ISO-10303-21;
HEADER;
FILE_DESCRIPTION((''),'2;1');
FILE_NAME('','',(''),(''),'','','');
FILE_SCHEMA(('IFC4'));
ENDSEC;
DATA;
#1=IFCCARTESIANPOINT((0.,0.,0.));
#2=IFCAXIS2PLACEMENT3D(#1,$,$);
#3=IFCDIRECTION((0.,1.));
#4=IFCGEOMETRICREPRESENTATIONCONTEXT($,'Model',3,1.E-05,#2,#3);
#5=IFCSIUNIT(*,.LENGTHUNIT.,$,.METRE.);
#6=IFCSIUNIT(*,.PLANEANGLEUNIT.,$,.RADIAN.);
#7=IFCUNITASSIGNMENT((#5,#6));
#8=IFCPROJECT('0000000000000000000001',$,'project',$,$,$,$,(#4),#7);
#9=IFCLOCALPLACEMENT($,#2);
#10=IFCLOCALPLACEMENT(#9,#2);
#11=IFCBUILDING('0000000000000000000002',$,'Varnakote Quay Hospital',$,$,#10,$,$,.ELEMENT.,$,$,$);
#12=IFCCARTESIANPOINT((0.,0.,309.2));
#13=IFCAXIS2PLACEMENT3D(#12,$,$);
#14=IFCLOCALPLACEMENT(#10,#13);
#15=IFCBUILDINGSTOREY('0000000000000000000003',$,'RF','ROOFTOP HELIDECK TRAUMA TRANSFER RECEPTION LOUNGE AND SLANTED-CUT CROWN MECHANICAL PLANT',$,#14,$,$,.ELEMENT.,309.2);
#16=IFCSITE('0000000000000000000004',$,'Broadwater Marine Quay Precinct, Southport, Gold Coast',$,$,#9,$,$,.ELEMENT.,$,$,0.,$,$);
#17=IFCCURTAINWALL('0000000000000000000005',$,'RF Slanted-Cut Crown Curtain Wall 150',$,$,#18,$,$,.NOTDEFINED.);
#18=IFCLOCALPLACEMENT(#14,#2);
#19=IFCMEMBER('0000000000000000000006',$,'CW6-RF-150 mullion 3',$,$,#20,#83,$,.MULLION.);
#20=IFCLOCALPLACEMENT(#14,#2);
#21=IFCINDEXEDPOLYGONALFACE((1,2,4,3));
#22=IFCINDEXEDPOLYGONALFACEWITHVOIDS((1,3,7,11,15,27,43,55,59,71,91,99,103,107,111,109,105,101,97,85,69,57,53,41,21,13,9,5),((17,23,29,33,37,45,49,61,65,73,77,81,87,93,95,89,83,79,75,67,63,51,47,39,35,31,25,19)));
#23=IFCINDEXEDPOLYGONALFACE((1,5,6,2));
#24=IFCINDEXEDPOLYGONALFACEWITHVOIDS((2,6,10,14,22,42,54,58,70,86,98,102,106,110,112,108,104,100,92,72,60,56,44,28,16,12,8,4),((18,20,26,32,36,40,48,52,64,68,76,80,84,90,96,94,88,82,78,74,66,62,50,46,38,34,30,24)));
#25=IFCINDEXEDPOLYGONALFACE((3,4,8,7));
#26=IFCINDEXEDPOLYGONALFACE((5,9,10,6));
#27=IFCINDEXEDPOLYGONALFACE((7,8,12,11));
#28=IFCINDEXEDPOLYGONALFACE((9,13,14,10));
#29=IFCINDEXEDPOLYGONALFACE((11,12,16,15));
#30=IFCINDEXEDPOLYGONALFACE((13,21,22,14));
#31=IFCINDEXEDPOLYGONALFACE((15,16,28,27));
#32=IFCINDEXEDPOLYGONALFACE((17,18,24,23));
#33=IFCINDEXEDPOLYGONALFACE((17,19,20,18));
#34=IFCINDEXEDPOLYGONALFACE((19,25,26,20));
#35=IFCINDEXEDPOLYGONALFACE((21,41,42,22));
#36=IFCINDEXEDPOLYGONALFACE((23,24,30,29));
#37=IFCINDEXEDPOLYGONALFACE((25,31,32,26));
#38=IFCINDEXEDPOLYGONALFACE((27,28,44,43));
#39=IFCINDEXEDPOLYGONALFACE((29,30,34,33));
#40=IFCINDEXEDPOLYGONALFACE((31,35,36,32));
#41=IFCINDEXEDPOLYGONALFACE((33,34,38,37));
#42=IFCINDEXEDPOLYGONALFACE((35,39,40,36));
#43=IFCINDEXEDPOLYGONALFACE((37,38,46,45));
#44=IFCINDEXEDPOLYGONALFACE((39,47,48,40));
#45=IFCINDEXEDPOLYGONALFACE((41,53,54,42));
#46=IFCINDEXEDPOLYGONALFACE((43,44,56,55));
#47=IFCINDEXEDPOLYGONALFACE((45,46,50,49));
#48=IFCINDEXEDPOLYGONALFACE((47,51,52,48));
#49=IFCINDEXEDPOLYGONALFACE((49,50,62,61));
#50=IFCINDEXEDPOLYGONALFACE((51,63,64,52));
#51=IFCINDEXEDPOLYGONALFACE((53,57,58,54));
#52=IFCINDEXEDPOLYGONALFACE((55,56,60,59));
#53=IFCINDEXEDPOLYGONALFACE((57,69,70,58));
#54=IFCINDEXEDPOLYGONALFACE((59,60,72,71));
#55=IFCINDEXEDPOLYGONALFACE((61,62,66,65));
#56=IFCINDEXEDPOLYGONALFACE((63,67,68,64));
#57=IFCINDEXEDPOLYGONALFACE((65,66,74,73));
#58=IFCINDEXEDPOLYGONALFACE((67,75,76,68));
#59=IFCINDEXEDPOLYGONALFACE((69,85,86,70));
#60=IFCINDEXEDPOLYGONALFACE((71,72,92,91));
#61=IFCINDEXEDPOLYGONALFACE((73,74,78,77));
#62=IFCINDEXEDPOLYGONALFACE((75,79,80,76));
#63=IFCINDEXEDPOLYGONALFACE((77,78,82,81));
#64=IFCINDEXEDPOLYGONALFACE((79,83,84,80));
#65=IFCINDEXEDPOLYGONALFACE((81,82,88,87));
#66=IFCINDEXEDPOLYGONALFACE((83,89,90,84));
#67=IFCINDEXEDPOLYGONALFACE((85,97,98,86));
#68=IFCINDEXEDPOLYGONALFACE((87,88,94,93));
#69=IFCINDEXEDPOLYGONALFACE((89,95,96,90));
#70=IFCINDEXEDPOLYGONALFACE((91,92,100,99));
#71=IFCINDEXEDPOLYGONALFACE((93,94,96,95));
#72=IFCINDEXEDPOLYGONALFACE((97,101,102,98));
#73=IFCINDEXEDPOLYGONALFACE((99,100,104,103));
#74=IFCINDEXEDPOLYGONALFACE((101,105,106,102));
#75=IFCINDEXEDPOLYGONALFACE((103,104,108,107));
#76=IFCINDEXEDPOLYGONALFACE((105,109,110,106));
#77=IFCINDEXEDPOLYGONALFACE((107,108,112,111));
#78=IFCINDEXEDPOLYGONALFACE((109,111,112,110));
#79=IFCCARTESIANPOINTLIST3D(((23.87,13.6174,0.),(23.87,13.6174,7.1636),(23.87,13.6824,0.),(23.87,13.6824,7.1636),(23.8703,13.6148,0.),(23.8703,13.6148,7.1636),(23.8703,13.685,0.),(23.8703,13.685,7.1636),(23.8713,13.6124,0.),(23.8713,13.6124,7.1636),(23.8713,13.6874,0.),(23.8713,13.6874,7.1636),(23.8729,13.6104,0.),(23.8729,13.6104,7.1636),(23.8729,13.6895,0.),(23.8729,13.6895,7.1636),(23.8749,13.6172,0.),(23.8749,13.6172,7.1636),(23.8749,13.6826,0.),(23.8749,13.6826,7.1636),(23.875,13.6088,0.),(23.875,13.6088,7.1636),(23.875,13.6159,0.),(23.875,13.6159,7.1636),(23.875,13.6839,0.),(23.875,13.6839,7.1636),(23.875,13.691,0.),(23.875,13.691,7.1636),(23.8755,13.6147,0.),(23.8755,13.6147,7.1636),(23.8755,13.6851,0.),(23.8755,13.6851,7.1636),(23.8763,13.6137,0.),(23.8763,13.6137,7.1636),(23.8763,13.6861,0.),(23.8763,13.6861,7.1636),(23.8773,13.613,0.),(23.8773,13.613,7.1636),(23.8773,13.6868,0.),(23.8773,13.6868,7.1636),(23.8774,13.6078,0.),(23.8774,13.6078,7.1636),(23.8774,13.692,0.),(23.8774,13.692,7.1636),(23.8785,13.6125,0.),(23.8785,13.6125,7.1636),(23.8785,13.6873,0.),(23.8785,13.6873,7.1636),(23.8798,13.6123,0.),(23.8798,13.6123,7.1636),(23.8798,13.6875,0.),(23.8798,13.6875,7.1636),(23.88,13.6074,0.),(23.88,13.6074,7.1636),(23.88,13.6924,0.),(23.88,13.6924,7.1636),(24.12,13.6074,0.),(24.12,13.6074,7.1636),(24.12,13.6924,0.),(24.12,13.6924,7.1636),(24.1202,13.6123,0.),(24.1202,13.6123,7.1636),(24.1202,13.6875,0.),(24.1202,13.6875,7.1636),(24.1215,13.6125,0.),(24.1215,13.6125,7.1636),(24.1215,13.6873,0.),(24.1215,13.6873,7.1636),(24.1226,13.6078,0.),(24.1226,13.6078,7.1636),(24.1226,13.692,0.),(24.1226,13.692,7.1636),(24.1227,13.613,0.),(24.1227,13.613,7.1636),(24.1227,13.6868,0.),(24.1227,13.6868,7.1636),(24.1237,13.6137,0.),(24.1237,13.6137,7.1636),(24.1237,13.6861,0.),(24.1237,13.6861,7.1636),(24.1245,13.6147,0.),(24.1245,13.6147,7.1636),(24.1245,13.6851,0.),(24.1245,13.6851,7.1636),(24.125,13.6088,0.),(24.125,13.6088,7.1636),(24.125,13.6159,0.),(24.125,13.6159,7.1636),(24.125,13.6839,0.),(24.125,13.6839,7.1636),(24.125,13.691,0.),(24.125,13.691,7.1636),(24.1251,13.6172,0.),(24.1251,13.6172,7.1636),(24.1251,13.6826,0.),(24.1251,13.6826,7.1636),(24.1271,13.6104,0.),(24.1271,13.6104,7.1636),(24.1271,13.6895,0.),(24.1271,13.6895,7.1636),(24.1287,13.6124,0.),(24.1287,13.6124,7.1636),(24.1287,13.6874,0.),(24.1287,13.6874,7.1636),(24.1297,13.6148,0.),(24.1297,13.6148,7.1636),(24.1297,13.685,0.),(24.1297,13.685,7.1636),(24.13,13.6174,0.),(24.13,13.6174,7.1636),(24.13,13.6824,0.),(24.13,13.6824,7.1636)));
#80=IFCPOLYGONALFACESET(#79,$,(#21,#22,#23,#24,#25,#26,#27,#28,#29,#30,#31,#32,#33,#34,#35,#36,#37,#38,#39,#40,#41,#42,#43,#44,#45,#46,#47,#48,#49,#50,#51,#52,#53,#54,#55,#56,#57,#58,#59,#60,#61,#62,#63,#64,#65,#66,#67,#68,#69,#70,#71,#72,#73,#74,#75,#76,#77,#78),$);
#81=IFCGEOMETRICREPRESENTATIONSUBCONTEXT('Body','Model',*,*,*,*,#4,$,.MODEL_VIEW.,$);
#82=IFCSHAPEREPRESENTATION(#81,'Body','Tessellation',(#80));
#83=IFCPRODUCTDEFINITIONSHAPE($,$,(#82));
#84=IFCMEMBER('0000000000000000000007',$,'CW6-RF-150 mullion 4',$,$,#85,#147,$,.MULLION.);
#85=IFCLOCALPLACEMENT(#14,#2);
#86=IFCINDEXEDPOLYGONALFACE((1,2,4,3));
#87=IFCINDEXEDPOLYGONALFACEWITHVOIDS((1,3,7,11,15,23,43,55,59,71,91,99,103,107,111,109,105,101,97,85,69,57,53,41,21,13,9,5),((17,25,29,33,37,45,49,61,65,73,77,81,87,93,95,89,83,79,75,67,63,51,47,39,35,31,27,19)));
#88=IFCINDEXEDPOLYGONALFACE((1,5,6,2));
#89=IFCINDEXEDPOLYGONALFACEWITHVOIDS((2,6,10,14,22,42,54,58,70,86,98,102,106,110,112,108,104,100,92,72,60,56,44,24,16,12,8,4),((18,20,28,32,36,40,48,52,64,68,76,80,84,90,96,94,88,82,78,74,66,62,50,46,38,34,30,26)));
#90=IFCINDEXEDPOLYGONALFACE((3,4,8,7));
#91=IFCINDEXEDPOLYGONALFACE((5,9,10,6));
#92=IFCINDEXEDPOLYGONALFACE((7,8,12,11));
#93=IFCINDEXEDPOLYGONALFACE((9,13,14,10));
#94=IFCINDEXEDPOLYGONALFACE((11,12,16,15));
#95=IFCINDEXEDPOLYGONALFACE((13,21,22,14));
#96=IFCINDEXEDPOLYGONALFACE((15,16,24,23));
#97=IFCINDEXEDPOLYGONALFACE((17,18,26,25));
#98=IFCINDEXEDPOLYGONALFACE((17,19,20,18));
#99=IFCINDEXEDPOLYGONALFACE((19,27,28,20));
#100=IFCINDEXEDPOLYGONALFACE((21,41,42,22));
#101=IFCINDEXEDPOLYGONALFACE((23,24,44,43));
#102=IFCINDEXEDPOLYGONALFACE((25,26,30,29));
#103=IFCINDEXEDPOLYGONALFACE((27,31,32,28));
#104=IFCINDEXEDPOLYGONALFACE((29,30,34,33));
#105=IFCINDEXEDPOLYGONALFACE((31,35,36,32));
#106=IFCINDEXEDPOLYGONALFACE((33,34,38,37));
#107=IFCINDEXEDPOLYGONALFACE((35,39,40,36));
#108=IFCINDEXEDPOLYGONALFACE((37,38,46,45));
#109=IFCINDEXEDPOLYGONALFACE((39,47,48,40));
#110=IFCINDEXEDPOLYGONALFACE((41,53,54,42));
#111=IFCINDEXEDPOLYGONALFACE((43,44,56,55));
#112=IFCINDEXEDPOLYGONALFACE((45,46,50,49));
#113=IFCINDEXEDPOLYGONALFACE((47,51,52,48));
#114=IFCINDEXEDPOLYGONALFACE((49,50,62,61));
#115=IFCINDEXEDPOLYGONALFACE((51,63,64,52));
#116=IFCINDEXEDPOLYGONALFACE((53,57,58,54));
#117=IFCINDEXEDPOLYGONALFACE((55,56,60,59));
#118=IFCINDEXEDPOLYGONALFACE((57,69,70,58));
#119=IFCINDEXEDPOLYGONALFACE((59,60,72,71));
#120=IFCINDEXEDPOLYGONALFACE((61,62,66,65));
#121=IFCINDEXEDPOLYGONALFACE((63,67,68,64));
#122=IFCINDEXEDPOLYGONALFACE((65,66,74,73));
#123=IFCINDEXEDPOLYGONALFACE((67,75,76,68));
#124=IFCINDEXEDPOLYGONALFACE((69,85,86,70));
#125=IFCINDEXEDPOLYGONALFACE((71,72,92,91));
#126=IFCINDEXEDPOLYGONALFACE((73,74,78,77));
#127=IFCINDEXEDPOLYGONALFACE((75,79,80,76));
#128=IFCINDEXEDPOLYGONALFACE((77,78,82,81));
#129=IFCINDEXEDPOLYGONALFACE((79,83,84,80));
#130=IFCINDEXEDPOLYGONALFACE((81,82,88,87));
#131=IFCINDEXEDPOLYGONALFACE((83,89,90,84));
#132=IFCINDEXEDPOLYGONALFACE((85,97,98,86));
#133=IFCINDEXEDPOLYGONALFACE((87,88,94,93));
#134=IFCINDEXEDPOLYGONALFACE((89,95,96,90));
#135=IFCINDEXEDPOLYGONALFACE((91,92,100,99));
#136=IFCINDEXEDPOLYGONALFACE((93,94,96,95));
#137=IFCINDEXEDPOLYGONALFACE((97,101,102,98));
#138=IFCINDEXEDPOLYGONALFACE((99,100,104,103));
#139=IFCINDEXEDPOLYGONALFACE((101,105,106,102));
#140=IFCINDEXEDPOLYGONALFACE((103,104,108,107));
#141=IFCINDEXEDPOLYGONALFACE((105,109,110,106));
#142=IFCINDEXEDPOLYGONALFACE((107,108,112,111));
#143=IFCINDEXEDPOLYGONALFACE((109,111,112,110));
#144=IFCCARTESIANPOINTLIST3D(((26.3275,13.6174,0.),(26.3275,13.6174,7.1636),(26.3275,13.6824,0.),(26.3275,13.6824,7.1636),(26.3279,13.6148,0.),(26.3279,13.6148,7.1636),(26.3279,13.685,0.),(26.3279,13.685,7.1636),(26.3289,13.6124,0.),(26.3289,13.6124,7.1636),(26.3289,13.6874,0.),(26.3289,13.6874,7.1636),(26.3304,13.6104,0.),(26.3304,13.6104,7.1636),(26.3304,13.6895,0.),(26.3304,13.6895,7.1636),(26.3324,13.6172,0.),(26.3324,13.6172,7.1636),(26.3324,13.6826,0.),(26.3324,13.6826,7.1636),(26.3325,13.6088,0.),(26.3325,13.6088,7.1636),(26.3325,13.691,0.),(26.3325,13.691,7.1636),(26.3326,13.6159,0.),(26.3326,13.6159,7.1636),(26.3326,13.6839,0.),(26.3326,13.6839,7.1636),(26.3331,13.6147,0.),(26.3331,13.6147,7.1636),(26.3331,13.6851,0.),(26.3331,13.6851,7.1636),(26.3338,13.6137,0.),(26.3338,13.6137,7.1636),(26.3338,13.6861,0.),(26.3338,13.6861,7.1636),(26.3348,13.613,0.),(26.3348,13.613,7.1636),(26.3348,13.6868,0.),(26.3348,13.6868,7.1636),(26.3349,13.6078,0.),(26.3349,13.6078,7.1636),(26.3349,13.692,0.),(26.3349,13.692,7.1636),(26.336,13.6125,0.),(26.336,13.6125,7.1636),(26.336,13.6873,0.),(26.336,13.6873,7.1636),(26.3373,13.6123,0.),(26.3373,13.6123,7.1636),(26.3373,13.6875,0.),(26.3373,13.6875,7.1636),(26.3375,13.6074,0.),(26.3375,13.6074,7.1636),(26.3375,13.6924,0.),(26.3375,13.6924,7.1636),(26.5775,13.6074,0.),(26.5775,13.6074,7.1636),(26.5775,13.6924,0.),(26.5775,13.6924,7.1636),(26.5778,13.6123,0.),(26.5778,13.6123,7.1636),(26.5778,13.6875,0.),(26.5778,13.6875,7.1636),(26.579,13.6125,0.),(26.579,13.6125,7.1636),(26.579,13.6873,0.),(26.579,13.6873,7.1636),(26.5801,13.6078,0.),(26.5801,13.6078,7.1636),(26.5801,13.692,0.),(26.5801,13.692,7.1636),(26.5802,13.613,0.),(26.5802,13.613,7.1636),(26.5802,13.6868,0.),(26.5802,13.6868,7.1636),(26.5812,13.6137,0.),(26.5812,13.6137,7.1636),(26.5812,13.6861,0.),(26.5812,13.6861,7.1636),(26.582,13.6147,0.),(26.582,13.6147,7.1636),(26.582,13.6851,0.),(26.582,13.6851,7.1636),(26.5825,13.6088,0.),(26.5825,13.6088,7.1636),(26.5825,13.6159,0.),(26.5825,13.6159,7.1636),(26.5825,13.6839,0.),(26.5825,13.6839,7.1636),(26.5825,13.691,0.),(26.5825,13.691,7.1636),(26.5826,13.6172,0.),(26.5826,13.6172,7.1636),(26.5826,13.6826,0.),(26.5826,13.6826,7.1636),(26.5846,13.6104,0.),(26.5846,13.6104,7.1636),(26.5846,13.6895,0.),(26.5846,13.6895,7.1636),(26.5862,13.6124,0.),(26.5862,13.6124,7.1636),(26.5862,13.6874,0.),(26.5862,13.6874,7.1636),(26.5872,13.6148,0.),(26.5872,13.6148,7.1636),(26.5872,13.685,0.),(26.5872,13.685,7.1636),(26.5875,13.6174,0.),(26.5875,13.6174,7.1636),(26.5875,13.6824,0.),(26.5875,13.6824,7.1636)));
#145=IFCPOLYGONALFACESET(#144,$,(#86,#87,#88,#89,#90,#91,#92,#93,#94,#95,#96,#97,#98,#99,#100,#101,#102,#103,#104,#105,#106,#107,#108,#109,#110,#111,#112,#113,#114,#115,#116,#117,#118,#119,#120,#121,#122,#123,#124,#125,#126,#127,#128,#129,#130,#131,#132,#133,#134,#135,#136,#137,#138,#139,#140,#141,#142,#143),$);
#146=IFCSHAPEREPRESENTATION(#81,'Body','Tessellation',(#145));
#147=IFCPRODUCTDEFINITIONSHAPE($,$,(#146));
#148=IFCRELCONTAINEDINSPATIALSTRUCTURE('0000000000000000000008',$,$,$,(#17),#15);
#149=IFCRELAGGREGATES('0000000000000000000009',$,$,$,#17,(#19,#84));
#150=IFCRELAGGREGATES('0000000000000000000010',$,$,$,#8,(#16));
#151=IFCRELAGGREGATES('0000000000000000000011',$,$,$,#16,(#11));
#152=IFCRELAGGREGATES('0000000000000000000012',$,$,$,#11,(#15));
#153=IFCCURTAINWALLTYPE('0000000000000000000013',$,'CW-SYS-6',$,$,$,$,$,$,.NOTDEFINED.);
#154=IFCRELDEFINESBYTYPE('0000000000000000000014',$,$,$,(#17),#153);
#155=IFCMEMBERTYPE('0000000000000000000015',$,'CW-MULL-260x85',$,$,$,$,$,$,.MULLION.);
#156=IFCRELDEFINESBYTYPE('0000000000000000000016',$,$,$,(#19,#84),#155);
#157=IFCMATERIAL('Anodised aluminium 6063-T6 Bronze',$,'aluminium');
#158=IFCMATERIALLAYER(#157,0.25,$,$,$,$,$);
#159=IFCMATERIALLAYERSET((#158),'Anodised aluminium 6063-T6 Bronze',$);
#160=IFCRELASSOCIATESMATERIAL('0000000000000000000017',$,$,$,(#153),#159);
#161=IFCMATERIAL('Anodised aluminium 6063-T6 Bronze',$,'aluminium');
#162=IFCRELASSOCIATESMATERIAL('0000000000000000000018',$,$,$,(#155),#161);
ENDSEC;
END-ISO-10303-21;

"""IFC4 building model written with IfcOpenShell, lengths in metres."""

from ifc_helpers import new_model, si_unit, direction, frame, origin, origin_2d, place, context, subcontext, project, spatial, hollow_rectangle, extrude, material, layer, layer_set, material_profile, profile_set, type_object, element, aggregate, save


model = new_model("IFC4")

# Units and contexts
model_context = context("Model", 3, precision=1e-05, world=origin(), true_north=direction((0.0, 1.0)))
body_context = subcontext(model_context, "Body", "Model", "MODEL_VIEW")
ifc_project = project(units=[si_unit("LENGTHUNIT", "METRE"), si_unit("PLANEANGLEUNIT", "RADIAN")], contexts=[model_context])

# Site, building, storey
site_placement = place(None, origin())
site = spatial("IfcSite", under=ifc_project, at=site_placement, Name="Broadwater Marine Quay Precinct, Southport, Gold Coast", CompositionType="ELEMENT", RefElevation=0.0)
building_placement = place(site_placement, origin())
building = spatial("IfcBuilding", under=site, at=building_placement, Name="Varnakote Quay Hospital", CompositionType="ELEMENT")
storey_placement = place(building_placement, frame((0.0, 0.0, 309.2)))
storey = spatial("IfcBuildingStorey", under=building, at=storey_placement, Name="RF", Description="ROOFTOP HELIDECK TRAUMA TRANSFER RECEPTION LOUNGE AND SLANTED-CUT CROWN MECHANICAL PLANT", CompositionType="ELEMENT", Elevation=309.2)

# Curtain wall, members
ifc_material_1 = material(Name="Anodised aluminium 6063-T6 Bronze", Category="aluminium")
ifc_layer_1 = layer(ifc_material_1, 0.25)
ifc_layer_set_1 = layer_set([ifc_layer_1], Name="Anodised aluminium 6063-T6 Bronze")
curtain_wall_type = type_object("IfcCurtainWallType", Name="CW-SYS-6", PredefinedType="NOTDEFINED", material=ifc_layer_set_1)
curtain_wall_1_placement = place(storey_placement, origin())
curtain_wall_1 = element("IfcCurtainWall", 1, at=curtain_wall_1_placement, inside=storey, type_object=curtain_wall_type, Name="RF Slanted-Cut Crown Curtain Wall 150", PredefinedType="NOTDEFINED")
ifc_material_2 = material(Name="Anodised aluminium 6063-T6 Bronze", Category="aluminium")
ifc_material_profile_1 = material_profile(ifc_material_2, hollow_rectangle(XDim=0.085, YDim=0.26, WallThickness=0.0049, InnerFilletRadius=0.0049, OuterFilletRadius=0.01, at=origin_2d()), Name="CW-MULL-260x85")
ifc_profile_set_1 = profile_set([ifc_material_profile_1], Name="Anodised aluminium 6063-T6 Bronze")
member_type_1 = type_object("IfcMemberType", Name="CW-MULL-260x85", PredefinedType="MULLION", material=ifc_profile_set_1)
member_1_placement = place(storey_placement, frame((24.0, 13.6499, 0.0), z_axis=(0.0, 0.0, 1.0), x_axis=(0.0, 1.0, 0.0)))
member_1 = element("IfcMember", 2, at=member_1_placement, type_object=member_type_1, Name="CW6-RF-150 mullion 3", PredefinedType="MULLION", context=body_context, shape_type="SweptSolid", body=[
    extrude(hollow_rectangle(XDim=0.085, YDim=0.26, WallThickness=0.0049, InnerFilletRadius=0.0049, OuterFilletRadius=0.01, at=origin_2d()), origin(), (0.0, 0.0, 1.0), 7.1636),
])
member_2_placement = place(storey_placement, frame((26.4575, 13.6499, 0.0), z_axis=(0.0, 0.0, 1.0), x_axis=(0.0, 1.0, 0.0)))
member_2 = element("IfcMember", 3, at=member_2_placement, type_object=member_type_1, Name="CW6-RF-150 mullion 4", PredefinedType="MULLION", context=body_context, shape_type="SweptSolid", body=[
    extrude(hollow_rectangle(XDim=0.085, YDim=0.26, WallThickness=0.0049, InnerFilletRadius=0.0049, OuterFilletRadius=0.01, at=origin_2d()), origin(), (0.0, 0.0, 1.0), 7.1636),
])

aggregate(curtain_wall_1, [member_1, member_2])

save(model, "model.ifc")
